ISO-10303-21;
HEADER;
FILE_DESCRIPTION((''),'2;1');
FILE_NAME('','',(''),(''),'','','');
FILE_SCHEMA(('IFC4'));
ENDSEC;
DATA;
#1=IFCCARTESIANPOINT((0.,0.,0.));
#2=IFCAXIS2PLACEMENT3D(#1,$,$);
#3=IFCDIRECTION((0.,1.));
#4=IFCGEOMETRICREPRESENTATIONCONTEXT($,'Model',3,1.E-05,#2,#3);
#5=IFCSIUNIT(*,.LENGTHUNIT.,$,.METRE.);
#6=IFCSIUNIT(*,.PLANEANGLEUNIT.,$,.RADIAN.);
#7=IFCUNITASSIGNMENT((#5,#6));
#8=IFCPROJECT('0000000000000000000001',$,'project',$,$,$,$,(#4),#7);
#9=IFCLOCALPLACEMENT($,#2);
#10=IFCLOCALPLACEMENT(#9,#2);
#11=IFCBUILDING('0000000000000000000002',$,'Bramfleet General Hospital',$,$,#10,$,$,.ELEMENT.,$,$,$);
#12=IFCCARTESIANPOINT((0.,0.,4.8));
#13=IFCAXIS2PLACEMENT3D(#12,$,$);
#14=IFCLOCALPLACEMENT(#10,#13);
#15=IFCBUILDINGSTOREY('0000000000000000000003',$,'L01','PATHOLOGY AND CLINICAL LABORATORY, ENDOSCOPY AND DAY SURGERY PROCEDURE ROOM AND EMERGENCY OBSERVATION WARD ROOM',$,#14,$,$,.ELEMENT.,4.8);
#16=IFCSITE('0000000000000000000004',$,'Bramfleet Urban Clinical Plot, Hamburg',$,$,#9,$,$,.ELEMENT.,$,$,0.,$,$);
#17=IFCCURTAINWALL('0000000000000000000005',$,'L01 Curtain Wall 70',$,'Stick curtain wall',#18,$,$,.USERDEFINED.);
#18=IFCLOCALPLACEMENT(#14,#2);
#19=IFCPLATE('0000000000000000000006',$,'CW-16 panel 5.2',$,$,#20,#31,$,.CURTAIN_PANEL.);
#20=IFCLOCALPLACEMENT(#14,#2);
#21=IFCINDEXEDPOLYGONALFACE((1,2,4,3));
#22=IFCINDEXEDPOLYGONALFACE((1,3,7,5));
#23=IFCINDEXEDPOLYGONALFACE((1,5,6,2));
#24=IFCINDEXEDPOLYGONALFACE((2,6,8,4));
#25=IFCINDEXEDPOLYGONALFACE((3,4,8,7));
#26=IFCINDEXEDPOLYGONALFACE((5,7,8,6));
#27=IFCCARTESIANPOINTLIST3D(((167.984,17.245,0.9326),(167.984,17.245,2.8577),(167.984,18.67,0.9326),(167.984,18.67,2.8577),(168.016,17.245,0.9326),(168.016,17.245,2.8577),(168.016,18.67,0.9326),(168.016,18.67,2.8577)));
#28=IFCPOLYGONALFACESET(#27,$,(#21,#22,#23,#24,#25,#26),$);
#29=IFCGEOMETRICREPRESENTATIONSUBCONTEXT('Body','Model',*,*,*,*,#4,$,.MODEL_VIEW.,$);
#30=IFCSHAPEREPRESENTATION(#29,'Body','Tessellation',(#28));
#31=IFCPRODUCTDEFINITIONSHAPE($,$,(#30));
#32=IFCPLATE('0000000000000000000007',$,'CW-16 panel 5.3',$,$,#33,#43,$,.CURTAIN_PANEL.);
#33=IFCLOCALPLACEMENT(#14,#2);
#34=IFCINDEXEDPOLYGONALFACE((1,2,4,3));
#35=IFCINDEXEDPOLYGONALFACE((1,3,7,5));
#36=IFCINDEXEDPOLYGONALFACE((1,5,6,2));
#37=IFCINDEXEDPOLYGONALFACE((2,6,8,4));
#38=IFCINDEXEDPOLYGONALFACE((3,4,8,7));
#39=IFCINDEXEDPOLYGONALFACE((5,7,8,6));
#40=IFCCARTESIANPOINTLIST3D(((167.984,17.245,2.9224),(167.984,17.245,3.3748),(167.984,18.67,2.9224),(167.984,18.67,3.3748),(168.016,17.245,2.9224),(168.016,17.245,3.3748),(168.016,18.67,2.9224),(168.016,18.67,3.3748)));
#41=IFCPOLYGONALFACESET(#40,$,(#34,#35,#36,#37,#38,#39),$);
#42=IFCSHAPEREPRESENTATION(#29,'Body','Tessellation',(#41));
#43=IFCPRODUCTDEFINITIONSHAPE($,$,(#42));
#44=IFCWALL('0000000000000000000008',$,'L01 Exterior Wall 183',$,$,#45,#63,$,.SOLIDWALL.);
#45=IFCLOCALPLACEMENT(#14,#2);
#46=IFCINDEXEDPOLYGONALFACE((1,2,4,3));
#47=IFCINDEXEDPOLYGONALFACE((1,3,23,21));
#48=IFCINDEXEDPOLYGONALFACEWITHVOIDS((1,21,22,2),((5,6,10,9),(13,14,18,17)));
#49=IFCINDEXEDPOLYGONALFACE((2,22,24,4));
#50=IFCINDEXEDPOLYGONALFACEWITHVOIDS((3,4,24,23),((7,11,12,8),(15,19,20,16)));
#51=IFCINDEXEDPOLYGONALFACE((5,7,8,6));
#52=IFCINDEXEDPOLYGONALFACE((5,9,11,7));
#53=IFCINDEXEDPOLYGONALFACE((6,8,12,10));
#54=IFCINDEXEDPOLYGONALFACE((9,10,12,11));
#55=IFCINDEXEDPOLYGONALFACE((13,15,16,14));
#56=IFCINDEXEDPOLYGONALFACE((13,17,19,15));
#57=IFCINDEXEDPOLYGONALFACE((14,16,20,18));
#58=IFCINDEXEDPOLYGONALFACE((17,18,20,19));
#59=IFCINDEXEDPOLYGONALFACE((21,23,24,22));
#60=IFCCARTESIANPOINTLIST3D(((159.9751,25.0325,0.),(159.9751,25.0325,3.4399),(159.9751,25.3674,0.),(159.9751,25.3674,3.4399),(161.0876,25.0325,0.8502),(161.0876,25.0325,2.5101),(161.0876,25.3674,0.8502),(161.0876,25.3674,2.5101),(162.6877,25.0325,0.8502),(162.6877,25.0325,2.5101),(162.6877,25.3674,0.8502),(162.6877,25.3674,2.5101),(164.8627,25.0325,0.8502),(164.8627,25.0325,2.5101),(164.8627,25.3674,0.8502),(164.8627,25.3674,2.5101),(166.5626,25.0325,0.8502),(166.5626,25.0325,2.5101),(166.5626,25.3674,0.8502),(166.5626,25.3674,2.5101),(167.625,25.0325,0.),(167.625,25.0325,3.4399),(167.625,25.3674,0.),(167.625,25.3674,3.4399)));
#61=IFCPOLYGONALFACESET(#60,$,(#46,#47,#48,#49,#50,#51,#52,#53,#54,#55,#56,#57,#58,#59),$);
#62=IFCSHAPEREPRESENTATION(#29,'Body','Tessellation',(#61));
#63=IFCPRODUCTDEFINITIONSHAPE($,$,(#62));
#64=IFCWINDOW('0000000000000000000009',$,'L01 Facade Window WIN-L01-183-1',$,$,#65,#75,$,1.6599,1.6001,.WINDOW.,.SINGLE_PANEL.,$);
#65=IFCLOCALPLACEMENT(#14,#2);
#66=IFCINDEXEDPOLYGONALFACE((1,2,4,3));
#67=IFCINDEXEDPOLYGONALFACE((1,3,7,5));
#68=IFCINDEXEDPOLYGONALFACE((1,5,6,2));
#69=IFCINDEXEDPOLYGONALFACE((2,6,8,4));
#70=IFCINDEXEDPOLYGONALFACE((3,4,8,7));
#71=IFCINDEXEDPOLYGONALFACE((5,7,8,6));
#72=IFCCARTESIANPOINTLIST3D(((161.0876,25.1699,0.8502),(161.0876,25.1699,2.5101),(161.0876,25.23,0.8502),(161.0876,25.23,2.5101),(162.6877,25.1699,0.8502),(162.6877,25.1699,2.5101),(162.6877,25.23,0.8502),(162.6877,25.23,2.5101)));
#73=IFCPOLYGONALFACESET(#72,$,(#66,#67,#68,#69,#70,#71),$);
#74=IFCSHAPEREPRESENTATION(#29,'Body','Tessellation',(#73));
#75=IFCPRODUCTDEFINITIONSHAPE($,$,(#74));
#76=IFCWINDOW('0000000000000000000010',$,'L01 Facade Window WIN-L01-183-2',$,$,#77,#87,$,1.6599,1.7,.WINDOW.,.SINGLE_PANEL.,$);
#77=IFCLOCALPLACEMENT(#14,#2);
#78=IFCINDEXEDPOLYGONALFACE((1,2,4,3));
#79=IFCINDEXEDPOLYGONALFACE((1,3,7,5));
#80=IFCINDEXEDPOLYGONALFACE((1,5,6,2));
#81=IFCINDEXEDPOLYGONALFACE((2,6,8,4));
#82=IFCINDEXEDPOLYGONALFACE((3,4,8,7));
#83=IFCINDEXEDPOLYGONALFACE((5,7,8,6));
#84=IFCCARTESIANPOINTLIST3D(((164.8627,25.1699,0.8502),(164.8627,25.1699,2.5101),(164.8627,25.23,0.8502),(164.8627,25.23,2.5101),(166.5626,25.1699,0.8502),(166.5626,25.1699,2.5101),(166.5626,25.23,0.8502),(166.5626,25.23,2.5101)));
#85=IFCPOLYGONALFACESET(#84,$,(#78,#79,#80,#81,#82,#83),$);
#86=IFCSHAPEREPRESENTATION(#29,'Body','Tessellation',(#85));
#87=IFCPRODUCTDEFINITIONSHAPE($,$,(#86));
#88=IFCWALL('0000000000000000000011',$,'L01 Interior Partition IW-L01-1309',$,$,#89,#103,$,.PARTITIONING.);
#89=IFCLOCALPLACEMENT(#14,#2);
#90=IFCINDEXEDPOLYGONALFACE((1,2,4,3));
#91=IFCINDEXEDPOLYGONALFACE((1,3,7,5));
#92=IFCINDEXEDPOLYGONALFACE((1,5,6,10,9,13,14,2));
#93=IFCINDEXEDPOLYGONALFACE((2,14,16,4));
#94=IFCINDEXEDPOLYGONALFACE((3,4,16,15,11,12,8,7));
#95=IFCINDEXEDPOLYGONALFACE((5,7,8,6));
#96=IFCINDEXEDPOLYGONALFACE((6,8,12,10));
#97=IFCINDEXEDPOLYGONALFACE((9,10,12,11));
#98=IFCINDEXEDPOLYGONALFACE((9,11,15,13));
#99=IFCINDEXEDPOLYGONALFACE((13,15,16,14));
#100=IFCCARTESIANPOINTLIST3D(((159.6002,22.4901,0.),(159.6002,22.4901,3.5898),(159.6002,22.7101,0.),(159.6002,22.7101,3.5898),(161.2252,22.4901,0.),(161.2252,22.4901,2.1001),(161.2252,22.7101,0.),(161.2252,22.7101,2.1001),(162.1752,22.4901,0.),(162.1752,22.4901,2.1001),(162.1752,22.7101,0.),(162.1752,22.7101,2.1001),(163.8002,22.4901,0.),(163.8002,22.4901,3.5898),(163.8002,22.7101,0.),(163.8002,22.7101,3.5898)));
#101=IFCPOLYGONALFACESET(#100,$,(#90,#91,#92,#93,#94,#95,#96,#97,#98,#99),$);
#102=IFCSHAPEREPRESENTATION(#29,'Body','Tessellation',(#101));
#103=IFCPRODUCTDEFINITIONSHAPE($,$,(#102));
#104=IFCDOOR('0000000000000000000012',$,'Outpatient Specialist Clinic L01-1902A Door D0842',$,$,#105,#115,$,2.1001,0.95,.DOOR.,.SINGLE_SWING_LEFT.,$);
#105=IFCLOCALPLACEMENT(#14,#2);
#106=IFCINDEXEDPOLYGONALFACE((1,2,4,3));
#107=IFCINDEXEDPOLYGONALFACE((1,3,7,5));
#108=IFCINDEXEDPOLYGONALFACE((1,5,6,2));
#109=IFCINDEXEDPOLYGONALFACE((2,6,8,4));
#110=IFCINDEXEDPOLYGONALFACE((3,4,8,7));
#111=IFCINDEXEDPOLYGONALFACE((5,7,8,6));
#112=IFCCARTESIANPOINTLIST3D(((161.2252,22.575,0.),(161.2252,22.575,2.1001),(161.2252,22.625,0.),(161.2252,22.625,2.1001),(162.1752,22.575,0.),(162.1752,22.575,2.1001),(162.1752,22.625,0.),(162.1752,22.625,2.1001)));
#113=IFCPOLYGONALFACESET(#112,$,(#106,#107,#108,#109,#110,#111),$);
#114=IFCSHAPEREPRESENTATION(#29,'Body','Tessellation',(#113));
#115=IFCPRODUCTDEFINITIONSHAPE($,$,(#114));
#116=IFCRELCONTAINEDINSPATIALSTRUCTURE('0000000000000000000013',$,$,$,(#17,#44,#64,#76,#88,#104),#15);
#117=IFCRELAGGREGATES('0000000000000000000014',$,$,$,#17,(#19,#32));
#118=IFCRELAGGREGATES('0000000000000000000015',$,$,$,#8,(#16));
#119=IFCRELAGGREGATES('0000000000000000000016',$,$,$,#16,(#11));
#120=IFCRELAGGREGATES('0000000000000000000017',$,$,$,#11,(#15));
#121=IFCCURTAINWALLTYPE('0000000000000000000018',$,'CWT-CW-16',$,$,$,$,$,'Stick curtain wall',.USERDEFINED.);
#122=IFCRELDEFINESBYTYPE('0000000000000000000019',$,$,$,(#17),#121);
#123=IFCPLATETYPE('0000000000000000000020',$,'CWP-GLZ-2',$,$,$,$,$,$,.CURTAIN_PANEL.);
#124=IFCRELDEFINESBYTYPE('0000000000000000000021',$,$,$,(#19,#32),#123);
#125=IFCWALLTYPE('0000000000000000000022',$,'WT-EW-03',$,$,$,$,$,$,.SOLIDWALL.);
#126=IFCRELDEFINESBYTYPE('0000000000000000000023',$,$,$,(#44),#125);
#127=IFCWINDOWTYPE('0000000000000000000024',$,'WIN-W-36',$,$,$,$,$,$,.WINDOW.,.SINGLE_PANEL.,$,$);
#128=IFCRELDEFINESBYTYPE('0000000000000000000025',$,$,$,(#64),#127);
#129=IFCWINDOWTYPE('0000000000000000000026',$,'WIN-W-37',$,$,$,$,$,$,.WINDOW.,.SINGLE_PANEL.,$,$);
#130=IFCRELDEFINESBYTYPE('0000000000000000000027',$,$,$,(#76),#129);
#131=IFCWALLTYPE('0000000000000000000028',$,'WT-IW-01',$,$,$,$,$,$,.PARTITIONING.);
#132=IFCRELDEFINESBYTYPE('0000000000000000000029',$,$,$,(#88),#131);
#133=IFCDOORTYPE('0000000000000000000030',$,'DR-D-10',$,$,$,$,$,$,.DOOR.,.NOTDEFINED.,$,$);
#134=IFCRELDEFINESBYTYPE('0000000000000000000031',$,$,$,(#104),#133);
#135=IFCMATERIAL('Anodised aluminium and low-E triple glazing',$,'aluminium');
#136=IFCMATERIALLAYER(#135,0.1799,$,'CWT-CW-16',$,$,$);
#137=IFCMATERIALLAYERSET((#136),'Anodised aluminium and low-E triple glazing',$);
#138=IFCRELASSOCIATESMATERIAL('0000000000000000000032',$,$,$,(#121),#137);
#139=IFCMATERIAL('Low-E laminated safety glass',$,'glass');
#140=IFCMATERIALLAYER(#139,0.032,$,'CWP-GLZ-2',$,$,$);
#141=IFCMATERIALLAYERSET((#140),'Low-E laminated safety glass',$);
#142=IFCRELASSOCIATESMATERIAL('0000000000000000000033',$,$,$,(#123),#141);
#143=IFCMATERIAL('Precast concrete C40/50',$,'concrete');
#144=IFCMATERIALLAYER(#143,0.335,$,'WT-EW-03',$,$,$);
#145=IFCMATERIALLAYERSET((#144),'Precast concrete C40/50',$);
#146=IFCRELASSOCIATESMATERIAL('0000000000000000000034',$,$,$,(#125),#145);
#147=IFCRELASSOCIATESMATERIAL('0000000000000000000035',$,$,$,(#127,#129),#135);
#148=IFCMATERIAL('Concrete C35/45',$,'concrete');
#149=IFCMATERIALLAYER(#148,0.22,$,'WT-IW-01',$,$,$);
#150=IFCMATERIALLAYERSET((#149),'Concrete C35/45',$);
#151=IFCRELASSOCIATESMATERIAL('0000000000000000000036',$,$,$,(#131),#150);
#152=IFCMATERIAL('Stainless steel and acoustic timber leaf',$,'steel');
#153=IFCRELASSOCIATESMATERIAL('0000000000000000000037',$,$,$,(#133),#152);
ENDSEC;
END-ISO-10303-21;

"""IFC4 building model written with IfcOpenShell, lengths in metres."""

from ifc_helpers import new_model, si_unit, direction, frame, frame_2d, origin, origin_2d, place, context, subcontext, project, spatial, rectangle, extrude, material, layer, layer_set, type_object, element, fill, aggregate, save


model = new_model("IFC4")

# Units and contexts
model_context = context("Model", 3, precision=1e-05, world=origin(), true_north=direction((0.0, 1.0)))
body_context = subcontext(model_context, "Body", "Model", "MODEL_VIEW")
ifc_project = project(units=[si_unit("LENGTHUNIT", "METRE"), si_unit("PLANEANGLEUNIT", "RADIAN")], contexts=[model_context])

# Site, building, storey
site_placement = place(None, origin())
site = spatial("IfcSite", under=ifc_project, at=site_placement, Name="Bramfleet Urban Clinical Plot, Hamburg", CompositionType="ELEMENT", RefElevation=0.0)
building_placement = place(site_placement, origin())
building = spatial("IfcBuilding", under=site, at=building_placement, Name="Bramfleet General Hospital", CompositionType="ELEMENT")
storey_placement = place(building_placement, frame((0.0, 0.0, 4.8)))
storey = spatial("IfcBuildingStorey", under=building, at=storey_placement, Name="L01", Description="PATHOLOGY AND CLINICAL LABORATORY, ENDOSCOPY AND DAY SURGERY PROCEDURE ROOM AND EMERGENCY OBSERVATION WARD ROOM", CompositionType="ELEMENT", Elevation=4.8)

# Shared definitions
ifc_material_1 = material(Name="Concrete C35/45", Category="concrete")

# Curtain wall
ifc_material_2 = material(Name="Anodised aluminium and low-E triple glazing", Category="aluminium")
ifc_layer_1 = layer(ifc_material_2, 0.1799, Name="CWT-CW-16")
ifc_layer_set_1 = layer_set([ifc_layer_1], Name="Anodised aluminium and low-E triple glazing")
curtain_wall_type_1 = type_object("IfcCurtainWallType", Name="CWT-CW-16", ElementType="Stick curtain wall", PredefinedType="USERDEFINED", material=ifc_layer_set_1)
curtain_wall_1_placement = place(storey_placement, origin())
curtain_wall_1 = element("IfcCurtainWall", 1, at=curtain_wall_1_placement, inside=storey, type_object=curtain_wall_type_1, Name="L01 Curtain Wall 70", ObjectType="Stick curtain wall", PredefinedType="USERDEFINED")

# Plates
ifc_material_3 = material(Name="Low-E laminated safety glass", Category="glass")
ifc_layer_2 = layer(ifc_material_3, 0.032, Name="CWP-GLZ-2")
ifc_layer_set_2 = layer_set([ifc_layer_2], Name="Low-E laminated safety glass")
plate_type_1 = type_object("IfcPlateType", Name="CWP-GLZ-2", PredefinedType="CURTAIN_PANEL", material=ifc_layer_set_2)
plate_1_placement = place(storey_placement, frame((168.0, 17.9575, 0.9326), z_axis=(0.0, 0.0, 1.0), x_axis=(0.0, -1.0, 0.0)))
plate_1 = element("IfcPlate", 2, at=plate_1_placement, type_object=plate_type_1, Name="CW-16 panel 5.2", PredefinedType="CURTAIN_PANEL", context=body_context, shape_type="SweptSolid", body=[
    extrude(rectangle(XDim=1.425, YDim=0.032, at=origin_2d()), origin(), (0.0, 0.0, 1.0), 1.925),
])
plate_2_placement = place(storey_placement, frame((168.0, 17.9575, 2.9224), z_axis=(0.0, 0.0, 1.0), x_axis=(0.0, -1.0, 0.0)))
plate_2 = element("IfcPlate", 3, at=plate_2_placement, type_object=plate_type_1, Name="CW-16 panel 5.3", PredefinedType="CURTAIN_PANEL", context=body_context, shape_type="SweptSolid", body=[
    extrude(rectangle(XDim=1.425, YDim=0.032, at=origin_2d()), origin(), (0.0, 0.0, 1.0), 0.4524),
])
aggregate(curtain_wall_1, [plate_1, plate_2])

# Wall, openings, windows
ifc_material_4 = material(Name="Precast concrete C40/50", Category="concrete")
ifc_layer_3 = layer(ifc_material_4, 0.335, Name="WT-EW-03")
ifc_layer_set_3 = layer_set([ifc_layer_3], Name="Precast concrete C40/50")
wall_type_1 = type_object("IfcWallType", Name="WT-EW-03", PredefinedType="SOLIDWALL", material=ifc_layer_set_3)
wall_1_placement = place(storey_placement, frame((159.9751, 25.2, 0.0), z_axis=(0.0, 0.0, 1.0), x_axis=(1.0, 0.0, 0.0)))
wall_1 = element("IfcWall", 4, at=wall_1_placement, inside=storey, type_object=wall_type_1, Name="L01 Exterior Wall 183", PredefinedType="SOLIDWALL", context=body_context, shape_type="SweptSolid", body=[
    extrude(rectangle(XDim=7.6499, YDim=0.335, at=frame_2d((3.825, 0.0))), origin(), (0.0, 0.0, 1.0), 3.4399),
])
opening_1_placement = place(wall_1_placement, frame((1.1125, 0.0, 0.8501)))
opening_1 = element("IfcOpeningElement", 5, at=opening_1_placement, cuts=wall_1, PredefinedType="OPENING", context=body_context, shape_type="SweptSolid", body=[
    extrude(rectangle(XDim=1.6001, YDim=1.6599, at=frame_2d((0.8, 0.8301))), frame((0.0, 0.1775, 0.0), z_axis=(0.0, -1.0, 0.0), x_axis=(1.0, 0.0, 0.0)), (0.0, 0.0, 1.0), 0.355),
])
opening_2_placement = place(wall_1_placement, frame((4.8875, 0.0, 0.8501)))
opening_2 = element("IfcOpeningElement", 6, at=opening_2_placement, cuts=wall_1, PredefinedType="OPENING", context=body_context, shape_type="SweptSolid", body=[
    extrude(rectangle(XDim=1.7, YDim=1.6599, at=frame_2d((0.8501, 0.8301))), frame((0.0, 0.1775, 0.0), z_axis=(0.0, -1.0, 0.0), x_axis=(1.0, 0.0, 0.0)), (0.0, 0.0, 1.0), 0.355),
])
window_type_1 = type_object("IfcWindowType", Name="WIN-W-36", PartitioningType="SINGLE_PANEL", PredefinedType="WINDOW", material=ifc_material_2)
window_1_placement = place(opening_1_placement, origin())
window_1 = element("IfcWindow", 7, at=window_1_placement, inside=storey, type_object=window_type_1, Name="L01 Facade Window WIN-L01-183-1", OverallHeight=1.6599, OverallWidth=1.6001, PartitioningType="SINGLE_PANEL", PredefinedType="WINDOW", context=body_context, shape_type="SweptSolid", body=[
    extrude(rectangle(XDim=1.6001, YDim=1.6599, at=frame_2d((0.8, 0.8301))), frame((0.0, 0.03, 0.0), z_axis=(0.0, -1.0, 0.0), x_axis=(1.0, 0.0, 0.0)), (0.0, 0.0, 1.0), 0.0601),
])
fill(opening_1, window_1)
window_type_2 = type_object("IfcWindowType", Name="WIN-W-37", PartitioningType="SINGLE_PANEL", PredefinedType="WINDOW", material=ifc_material_2)
window_2_placement = place(opening_2_placement, origin())
window_2 = element("IfcWindow", 8, at=window_2_placement, inside=storey, type_object=window_type_2, Name="L01 Facade Window WIN-L01-183-2", OverallHeight=1.6599, OverallWidth=1.7, PartitioningType="SINGLE_PANEL", PredefinedType="WINDOW", context=body_context, shape_type="SweptSolid", body=[
    extrude(rectangle(XDim=1.7, YDim=1.6599, at=frame_2d((0.8501, 0.8301))), frame((0.0, 0.03, 0.0), z_axis=(0.0, -1.0, 0.0), x_axis=(1.0, 0.0, 0.0)), (0.0, 0.0, 1.0), 0.0601),
])
fill(opening_2, window_2)

# Wall, opening, door
ifc_layer_4 = layer(ifc_material_1, 0.22, Name="WT-IW-01")
ifc_layer_set_4 = layer_set([ifc_layer_4], Name="Concrete C35/45")
wall_type_2 = type_object("IfcWallType", Name="WT-IW-01", PredefinedType="PARTITIONING", material=ifc_layer_set_4)
wall_2_placement = place(storey_placement, frame((159.6001, 22.6001, 0.0), z_axis=(0.0, 0.0, 1.0), x_axis=(1.0, 0.0, 0.0)))
wall_2 = element("IfcWall", 9, at=wall_2_placement, inside=storey, type_object=wall_type_2, Name="L01 Interior Partition IW-L01-1309", PredefinedType="PARTITIONING", context=body_context, shape_type="SweptSolid", body=[
    extrude(rectangle(XDim=4.2, YDim=0.22, at=frame_2d((2.1001, 0.0))), origin(), (0.0, 0.0, 1.0), 3.5898),
])
opening_3_placement = place(wall_2_placement, frame((1.625, 0.0, 0.0)))
opening_3 = element("IfcOpeningElement", 10, at=opening_3_placement, cuts=wall_2, PredefinedType="OPENING", context=body_context, shape_type="SweptSolid", body=[
    extrude(rectangle(XDim=0.95, YDim=2.1001, at=frame_2d((0.4751, 1.05))), frame((0.0, 0.1199, 0.0), z_axis=(0.0, -1.0, 0.0), x_axis=(1.0, 0.0, 0.0)), (0.0, 0.0, 1.0), 0.24),
])
ifc_material_5 = material(Name="Stainless steel and acoustic timber leaf", Category="steel")
door_type_1 = type_object("IfcDoorType", Name="DR-D-10", OperationType="NOTDEFINED", PredefinedType="DOOR", material=ifc_material_5)
door_1_placement = place(opening_3_placement, origin())
door_1 = element("IfcDoor", 11, at=door_1_placement, inside=storey, type_object=door_type_1, Name="Outpatient Specialist Clinic L01-1902A Door D0842", OperationType="SINGLE_SWING_LEFT", OverallHeight=2.1001, OverallWidth=0.95, PredefinedType="DOOR", context=body_context, shape_type="SweptSolid", body=[
    extrude(rectangle(XDim=0.95, YDim=2.1001, at=frame_2d((0.4751, 1.05))), frame((0.0, 0.0249, 0.0), z_axis=(0.0, -1.0, 0.0), x_axis=(1.0, 0.0, 0.0)), (0.0, 0.0, 1.0), 0.05),
])
fill(opening_3, door_1)

save(model, "model.ifc")
